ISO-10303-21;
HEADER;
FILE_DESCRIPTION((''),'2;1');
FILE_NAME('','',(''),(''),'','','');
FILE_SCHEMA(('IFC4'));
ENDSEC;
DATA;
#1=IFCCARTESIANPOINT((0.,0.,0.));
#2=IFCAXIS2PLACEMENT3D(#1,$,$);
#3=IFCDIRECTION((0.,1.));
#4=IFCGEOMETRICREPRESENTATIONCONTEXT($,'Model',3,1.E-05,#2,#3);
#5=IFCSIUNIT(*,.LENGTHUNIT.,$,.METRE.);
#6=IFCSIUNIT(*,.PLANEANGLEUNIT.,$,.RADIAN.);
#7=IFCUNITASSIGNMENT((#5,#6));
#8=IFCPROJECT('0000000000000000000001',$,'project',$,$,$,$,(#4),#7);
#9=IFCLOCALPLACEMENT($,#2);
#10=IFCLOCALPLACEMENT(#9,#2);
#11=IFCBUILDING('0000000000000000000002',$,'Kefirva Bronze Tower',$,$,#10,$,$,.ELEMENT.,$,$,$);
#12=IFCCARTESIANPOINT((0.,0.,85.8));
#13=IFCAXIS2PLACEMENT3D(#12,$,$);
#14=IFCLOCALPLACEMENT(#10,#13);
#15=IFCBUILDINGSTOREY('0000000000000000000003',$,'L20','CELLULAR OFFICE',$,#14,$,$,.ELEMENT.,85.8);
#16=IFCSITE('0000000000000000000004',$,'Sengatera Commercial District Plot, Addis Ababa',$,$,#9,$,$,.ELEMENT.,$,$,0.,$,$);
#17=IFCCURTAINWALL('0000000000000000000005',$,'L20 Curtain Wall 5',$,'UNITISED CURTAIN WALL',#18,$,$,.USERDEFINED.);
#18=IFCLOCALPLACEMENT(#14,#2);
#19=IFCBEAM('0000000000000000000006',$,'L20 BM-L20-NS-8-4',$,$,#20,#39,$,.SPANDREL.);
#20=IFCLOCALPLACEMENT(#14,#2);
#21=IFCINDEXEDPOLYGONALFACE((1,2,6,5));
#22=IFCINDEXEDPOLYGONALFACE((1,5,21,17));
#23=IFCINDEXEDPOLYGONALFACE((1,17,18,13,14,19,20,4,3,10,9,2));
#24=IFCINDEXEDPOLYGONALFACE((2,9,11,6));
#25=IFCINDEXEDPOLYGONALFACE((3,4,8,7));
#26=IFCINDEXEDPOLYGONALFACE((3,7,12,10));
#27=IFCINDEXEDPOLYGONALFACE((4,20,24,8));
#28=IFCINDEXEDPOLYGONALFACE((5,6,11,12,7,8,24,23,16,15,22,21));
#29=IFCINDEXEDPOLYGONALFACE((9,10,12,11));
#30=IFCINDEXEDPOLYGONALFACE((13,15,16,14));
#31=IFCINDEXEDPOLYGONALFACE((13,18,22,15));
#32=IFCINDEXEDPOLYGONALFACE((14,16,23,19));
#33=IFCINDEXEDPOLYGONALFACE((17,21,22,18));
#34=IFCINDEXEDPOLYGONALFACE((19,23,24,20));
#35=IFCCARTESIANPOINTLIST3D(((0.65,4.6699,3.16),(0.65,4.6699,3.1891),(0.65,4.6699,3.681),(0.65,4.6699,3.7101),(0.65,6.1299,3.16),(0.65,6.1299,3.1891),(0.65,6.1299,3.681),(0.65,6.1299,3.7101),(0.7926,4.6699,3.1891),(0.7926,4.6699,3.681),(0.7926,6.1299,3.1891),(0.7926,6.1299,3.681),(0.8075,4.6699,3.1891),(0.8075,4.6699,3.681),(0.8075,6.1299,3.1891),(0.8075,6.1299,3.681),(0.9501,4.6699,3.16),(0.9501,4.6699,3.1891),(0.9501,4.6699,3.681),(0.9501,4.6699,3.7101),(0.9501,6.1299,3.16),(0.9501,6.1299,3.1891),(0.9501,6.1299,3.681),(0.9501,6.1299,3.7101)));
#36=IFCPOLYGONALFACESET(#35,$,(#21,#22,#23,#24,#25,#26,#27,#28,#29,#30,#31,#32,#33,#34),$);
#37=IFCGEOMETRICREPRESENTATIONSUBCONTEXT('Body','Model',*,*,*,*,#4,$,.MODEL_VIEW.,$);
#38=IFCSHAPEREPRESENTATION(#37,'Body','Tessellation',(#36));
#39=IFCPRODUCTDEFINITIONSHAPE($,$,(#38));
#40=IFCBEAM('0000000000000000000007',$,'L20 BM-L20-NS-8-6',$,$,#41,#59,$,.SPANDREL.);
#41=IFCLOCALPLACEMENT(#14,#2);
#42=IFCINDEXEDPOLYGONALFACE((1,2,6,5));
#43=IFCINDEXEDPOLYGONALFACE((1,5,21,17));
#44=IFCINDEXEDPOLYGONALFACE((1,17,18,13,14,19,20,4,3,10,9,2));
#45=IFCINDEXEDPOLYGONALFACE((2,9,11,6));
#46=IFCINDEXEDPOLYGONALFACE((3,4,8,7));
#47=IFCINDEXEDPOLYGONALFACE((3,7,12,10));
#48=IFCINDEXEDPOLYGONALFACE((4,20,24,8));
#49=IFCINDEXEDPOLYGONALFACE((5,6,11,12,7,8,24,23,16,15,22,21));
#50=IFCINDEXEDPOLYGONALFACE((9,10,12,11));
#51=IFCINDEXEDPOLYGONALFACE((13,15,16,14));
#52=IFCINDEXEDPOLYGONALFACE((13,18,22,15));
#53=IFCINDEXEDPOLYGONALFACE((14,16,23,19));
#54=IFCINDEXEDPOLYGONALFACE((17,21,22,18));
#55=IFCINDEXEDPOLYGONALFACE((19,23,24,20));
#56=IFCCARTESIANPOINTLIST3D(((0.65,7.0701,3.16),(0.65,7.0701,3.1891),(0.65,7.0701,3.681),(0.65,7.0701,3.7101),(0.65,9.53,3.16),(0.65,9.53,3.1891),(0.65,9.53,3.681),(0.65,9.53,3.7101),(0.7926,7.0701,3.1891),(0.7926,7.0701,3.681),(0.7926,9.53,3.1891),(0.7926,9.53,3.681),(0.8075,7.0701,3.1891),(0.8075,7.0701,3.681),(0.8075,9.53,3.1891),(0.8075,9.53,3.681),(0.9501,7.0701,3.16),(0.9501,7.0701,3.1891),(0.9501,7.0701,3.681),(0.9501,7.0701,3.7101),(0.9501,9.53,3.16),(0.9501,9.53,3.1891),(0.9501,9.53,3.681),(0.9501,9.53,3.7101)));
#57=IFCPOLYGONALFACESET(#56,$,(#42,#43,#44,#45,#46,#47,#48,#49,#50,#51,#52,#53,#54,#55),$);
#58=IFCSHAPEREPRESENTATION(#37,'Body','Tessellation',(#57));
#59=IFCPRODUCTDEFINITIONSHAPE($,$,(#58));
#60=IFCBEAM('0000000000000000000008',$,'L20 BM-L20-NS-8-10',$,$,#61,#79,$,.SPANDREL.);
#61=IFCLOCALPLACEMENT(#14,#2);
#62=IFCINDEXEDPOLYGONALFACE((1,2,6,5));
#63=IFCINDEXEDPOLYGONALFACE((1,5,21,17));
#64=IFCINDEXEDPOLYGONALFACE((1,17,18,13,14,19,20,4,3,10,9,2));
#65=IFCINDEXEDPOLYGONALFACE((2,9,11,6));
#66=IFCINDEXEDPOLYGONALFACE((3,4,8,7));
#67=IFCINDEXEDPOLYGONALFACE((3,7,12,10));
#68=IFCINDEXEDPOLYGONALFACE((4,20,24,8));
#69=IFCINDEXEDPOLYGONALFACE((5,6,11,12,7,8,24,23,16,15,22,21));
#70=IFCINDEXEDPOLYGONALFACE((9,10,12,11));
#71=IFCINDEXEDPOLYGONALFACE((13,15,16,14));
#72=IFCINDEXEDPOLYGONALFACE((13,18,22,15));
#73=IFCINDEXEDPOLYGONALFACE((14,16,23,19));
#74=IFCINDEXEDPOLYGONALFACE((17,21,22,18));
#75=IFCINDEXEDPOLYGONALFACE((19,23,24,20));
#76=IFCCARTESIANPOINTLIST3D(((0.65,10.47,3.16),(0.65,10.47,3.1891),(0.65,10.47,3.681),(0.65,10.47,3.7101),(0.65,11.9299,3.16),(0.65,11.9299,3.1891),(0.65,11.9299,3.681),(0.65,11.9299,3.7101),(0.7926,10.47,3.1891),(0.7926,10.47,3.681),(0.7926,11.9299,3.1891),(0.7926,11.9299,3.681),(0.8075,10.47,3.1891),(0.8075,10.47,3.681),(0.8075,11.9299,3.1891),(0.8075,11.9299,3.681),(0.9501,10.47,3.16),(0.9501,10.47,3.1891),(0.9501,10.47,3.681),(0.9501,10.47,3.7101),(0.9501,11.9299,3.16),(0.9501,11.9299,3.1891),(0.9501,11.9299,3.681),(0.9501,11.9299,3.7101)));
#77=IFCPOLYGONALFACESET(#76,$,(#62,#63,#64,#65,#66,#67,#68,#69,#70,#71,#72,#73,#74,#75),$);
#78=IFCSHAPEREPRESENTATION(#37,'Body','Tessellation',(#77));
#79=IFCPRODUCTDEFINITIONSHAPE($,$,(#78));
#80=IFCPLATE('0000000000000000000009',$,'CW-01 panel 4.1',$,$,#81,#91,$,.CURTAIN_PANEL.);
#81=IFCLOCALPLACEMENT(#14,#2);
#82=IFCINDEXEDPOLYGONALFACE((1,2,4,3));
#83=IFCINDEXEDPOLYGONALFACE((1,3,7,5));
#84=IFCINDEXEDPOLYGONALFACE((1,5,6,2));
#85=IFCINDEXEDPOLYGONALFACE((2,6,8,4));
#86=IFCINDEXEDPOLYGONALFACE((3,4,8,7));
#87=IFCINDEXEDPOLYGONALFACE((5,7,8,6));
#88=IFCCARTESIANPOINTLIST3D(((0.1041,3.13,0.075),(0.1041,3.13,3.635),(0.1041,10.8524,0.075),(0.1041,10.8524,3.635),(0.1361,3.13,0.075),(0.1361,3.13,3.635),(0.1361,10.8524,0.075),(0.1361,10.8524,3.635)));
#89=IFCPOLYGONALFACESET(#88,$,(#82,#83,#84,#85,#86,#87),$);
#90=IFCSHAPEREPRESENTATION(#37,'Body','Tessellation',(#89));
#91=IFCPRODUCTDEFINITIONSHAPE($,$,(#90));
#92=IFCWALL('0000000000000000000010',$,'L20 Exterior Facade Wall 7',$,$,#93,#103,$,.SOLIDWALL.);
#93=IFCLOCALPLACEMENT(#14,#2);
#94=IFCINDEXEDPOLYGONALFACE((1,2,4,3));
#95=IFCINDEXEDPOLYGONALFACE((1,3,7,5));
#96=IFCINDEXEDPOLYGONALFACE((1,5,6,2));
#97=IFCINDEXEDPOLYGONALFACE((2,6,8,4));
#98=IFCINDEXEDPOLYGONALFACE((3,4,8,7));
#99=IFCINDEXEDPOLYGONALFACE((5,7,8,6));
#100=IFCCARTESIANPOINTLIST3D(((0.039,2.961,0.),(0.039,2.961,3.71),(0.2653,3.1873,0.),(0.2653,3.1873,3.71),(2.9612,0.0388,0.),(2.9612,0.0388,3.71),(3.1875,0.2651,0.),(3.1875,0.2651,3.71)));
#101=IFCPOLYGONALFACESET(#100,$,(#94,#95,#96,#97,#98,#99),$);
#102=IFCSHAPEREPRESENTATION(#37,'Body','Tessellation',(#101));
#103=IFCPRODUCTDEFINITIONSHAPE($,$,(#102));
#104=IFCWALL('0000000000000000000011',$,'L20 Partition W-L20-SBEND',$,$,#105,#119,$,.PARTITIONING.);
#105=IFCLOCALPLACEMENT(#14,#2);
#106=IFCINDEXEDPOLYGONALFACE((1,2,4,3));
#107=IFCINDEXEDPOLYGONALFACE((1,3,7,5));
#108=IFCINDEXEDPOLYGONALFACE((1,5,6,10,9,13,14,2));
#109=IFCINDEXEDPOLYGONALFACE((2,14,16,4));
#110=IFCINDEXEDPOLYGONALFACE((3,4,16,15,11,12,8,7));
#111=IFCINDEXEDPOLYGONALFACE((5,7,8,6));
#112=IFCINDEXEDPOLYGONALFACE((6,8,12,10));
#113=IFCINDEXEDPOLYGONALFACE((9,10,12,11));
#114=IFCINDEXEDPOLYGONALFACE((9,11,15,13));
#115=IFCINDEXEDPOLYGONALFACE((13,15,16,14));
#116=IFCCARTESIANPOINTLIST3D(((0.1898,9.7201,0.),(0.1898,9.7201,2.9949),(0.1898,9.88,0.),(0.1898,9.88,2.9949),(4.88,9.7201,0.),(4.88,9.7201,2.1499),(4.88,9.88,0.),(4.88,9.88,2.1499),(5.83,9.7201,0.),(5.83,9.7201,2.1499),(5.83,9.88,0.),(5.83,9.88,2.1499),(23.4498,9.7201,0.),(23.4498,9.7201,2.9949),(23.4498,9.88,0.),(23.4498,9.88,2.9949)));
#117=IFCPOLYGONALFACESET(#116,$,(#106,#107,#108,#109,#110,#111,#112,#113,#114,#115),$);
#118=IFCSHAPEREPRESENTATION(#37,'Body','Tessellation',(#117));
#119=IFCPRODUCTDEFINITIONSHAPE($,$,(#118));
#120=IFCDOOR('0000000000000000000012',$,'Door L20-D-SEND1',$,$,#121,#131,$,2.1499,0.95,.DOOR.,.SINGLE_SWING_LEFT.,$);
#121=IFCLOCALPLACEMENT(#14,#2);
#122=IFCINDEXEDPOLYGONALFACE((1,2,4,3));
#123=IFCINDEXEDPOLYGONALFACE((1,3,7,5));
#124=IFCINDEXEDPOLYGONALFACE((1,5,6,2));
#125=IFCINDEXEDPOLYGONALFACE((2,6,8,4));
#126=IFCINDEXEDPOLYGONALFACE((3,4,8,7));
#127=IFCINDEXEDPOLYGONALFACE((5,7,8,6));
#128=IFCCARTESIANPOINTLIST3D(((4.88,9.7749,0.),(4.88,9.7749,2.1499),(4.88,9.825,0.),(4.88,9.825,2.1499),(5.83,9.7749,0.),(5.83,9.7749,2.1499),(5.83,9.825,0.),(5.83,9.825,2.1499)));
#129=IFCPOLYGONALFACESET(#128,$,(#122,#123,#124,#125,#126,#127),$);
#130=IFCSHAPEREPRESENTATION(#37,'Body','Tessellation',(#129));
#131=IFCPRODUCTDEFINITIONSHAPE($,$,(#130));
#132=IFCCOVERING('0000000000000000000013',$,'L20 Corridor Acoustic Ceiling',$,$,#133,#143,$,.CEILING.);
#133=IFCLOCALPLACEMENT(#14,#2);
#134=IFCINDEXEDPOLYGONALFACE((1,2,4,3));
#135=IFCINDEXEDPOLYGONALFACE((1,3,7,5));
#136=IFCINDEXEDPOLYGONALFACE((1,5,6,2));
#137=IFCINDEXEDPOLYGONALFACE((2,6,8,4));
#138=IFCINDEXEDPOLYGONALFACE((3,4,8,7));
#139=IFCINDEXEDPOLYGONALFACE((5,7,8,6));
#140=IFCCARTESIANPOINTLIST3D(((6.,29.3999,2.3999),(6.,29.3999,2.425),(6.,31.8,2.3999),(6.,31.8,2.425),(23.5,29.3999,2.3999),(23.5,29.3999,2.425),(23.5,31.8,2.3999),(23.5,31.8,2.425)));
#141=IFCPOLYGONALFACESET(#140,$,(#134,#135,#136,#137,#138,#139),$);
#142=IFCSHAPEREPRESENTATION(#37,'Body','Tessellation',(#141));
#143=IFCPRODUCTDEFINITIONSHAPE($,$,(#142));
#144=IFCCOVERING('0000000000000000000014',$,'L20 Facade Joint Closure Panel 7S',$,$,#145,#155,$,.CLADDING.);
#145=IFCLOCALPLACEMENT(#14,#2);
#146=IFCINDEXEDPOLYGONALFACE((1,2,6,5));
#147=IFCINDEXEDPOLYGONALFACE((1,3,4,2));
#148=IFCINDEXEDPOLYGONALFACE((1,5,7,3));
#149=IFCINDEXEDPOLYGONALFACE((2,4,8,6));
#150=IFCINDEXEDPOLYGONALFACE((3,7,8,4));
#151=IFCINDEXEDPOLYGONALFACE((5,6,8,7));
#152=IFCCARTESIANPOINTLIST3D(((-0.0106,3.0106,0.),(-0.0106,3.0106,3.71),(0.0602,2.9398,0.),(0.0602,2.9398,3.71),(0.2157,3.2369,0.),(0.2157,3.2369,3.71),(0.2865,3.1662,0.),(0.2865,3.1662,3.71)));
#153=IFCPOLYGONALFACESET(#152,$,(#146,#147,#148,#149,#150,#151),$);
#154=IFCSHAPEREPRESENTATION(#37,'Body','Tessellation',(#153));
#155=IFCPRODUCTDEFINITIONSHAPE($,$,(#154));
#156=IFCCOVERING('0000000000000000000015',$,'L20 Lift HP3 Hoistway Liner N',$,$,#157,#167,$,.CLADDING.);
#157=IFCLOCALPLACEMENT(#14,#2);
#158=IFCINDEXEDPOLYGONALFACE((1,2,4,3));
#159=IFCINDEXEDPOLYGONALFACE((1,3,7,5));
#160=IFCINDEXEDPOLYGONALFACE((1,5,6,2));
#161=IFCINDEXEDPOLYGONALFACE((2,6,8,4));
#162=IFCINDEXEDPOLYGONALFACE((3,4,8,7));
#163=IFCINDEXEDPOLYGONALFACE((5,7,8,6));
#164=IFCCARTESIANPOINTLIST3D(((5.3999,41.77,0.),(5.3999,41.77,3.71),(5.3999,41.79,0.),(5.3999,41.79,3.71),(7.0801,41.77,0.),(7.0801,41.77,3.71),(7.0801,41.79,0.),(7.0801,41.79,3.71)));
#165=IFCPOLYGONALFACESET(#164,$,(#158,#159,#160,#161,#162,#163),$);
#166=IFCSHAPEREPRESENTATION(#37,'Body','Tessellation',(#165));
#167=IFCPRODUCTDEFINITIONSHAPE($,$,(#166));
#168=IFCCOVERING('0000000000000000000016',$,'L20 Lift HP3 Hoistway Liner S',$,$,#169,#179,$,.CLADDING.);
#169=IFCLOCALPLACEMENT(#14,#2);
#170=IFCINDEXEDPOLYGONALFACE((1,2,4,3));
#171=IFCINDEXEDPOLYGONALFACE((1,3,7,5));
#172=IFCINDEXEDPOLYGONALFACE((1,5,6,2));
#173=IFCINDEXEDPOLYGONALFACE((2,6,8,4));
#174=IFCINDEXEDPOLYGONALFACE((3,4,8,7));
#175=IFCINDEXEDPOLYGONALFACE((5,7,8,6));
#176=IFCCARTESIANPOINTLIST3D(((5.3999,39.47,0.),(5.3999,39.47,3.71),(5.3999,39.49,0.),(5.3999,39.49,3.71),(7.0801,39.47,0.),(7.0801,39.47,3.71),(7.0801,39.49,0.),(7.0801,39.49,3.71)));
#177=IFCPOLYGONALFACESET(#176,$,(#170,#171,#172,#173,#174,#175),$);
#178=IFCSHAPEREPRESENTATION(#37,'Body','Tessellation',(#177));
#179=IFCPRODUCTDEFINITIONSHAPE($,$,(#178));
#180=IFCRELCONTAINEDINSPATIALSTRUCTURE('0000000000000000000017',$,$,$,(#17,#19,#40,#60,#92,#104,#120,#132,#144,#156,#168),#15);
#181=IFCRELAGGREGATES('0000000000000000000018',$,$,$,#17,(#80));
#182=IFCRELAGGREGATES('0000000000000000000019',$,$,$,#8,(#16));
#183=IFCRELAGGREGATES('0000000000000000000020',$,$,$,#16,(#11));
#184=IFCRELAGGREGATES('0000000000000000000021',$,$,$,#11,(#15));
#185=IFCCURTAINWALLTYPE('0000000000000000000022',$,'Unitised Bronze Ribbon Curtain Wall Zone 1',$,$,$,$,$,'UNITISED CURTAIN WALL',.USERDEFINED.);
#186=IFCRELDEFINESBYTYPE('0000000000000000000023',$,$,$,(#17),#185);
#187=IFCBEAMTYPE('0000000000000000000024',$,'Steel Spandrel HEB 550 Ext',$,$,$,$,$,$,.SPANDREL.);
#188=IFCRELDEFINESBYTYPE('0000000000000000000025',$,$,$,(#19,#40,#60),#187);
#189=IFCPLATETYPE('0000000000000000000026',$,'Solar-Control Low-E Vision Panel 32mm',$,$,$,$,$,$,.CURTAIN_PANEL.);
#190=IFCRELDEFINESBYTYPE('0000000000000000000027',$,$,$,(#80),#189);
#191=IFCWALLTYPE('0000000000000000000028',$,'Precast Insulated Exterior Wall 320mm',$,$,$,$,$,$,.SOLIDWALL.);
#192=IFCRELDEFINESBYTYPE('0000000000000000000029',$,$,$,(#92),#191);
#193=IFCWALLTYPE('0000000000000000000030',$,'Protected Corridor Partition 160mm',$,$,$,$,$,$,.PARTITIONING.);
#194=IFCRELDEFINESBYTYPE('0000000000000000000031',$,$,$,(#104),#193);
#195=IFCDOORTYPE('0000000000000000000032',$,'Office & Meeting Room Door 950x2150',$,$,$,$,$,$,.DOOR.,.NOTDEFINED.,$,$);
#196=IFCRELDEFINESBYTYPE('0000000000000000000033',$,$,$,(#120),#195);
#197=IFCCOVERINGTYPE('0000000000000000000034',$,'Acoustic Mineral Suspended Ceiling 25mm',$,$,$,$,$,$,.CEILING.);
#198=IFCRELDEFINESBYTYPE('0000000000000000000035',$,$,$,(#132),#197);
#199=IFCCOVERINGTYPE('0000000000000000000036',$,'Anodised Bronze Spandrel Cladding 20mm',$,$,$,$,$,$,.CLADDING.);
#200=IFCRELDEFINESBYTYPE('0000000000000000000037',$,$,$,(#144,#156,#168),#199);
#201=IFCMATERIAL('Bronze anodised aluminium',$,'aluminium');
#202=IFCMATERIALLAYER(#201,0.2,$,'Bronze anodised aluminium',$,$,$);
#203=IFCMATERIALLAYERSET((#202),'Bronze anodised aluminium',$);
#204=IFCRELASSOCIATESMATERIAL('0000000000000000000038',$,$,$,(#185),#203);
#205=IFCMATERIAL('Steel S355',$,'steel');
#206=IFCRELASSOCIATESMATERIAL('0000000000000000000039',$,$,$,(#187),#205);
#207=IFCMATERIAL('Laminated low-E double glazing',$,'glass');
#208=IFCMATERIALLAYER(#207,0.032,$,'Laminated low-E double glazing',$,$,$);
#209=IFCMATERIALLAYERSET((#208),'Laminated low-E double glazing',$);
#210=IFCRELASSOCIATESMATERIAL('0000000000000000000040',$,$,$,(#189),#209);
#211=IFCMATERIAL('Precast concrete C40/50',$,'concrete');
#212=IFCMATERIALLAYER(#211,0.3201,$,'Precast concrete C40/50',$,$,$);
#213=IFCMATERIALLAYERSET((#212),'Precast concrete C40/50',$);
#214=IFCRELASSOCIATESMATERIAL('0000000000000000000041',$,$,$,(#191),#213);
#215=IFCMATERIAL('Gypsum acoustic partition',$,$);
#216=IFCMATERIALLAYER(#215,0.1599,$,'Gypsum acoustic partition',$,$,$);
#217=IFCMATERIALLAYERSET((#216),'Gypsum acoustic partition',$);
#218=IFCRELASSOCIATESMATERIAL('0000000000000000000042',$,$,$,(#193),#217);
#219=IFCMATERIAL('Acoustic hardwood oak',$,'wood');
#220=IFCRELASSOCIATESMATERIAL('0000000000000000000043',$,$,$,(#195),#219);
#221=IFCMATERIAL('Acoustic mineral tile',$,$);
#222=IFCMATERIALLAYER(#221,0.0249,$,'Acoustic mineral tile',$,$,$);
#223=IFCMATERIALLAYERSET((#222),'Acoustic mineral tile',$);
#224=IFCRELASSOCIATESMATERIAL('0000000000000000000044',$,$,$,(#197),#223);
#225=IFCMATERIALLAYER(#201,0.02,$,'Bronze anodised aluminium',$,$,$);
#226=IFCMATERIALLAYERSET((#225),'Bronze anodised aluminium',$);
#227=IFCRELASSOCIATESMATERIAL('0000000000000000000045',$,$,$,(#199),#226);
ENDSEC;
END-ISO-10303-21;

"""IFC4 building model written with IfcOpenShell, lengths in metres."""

from ifc_helpers import new_model, si_unit, direction, frame, frame_2d, origin, origin_2d, place, context, subcontext, project, spatial, polyline, rectangle, i_section, outline, extrude, material, layer, layer_set, material_profile, profile_set, type_object, element, fill, aggregate, save


model = new_model("IFC4")

# Units and contexts
model_context = context("Model", 3, precision=1e-05, world=origin(), true_north=direction((0.0, 1.0)))
body_context = subcontext(model_context, "Body", "Model", "MODEL_VIEW")
ifc_project = project(units=[si_unit("LENGTHUNIT", "METRE"), si_unit("PLANEANGLEUNIT", "RADIAN")], contexts=[model_context])

# Site, building, storey
site_placement = place(None, origin())
site = spatial("IfcSite", under=ifc_project, at=site_placement, Name="Sengatera Commercial District Plot, Addis Ababa", CompositionType="ELEMENT", RefElevation=0.0)
building_placement = place(site_placement, origin())
building = spatial("IfcBuilding", under=site, at=building_placement, Name="Kefirva Bronze Tower", CompositionType="ELEMENT")
storey_placement = place(building_placement, frame((0.0, 0.0, 85.8)))
storey = spatial("IfcBuildingStorey", under=building, at=storey_placement, Name="L20", Description="CELLULAR OFFICE", CompositionType="ELEMENT", Elevation=85.8)

# Curtain wall
ifc_material_1 = material(Name="Bronze anodised aluminium", Category="aluminium")
ifc_layer_1 = layer(ifc_material_1, 0.2, Name="Bronze anodised aluminium")
ifc_layer_set_1 = layer_set([ifc_layer_1], Name="Bronze anodised aluminium")
curtain_wall_type = type_object("IfcCurtainWallType", Name="Unitised Bronze Ribbon Curtain Wall Zone 1", ElementType="UNITISED CURTAIN WALL", PredefinedType="USERDEFINED", material=ifc_layer_set_1)
curtain_wall_placement = place(storey_placement, origin())
curtain_wall = element("IfcCurtainWall", 1, at=curtain_wall_placement, inside=storey, type_object=curtain_wall_type, Name="L20 Curtain Wall 5", ObjectType="UNITISED CURTAIN WALL", PredefinedType="USERDEFINED")

# Beams
ifc_material_2 = material(Name="Steel S355", Category="steel")
ifc_material_profile_1 = material_profile(ifc_material_2, i_section(OverallWidth=0.3, OverallDepth=0.55, WebThickness=0.0149, FlangeThickness=0.0291, at=origin_2d()), Name="HEB 550")
ifc_profile_set_1 = profile_set([ifc_material_profile_1], Name="Steel S355")
beam_type_1 = type_object("IfcBeamType", Name="Steel Spandrel HEB 550 Ext", PredefinedType="SPANDREL", material=ifc_profile_set_1)
beam_1_placement = place(storey_placement, frame((0.8, 4.6699, 3.4351), z_axis=(0.0, 1.0, 0.0), x_axis=(-1.0, 0.0, 0.0)))
element("IfcBeam", 2, at=beam_1_placement, inside=storey, type_object=beam_type_1, Name="L20 BM-L20-NS-8-4", PredefinedType="SPANDREL", context=body_context, shape_type="SweptSolid", body=[
    extrude(i_section(OverallWidth=0.3, OverallDepth=0.55, WebThickness=0.0149, FlangeThickness=0.0291, at=origin_2d()), origin(), (0.0, 0.0, 1.0), 1.46),
])
beam_2_placement = place(storey_placement, frame((0.8, 7.0701, 3.4351), z_axis=(0.0, 1.0, 0.0), x_axis=(-1.0, 0.0, 0.0)))
element("IfcBeam", 3, at=beam_2_placement, inside=storey, type_object=beam_type_1, Name="L20 BM-L20-NS-8-6", PredefinedType="SPANDREL", context=body_context, shape_type="SweptSolid", body=[
    extrude(i_section(OverallWidth=0.3, OverallDepth=0.55, WebThickness=0.0149, FlangeThickness=0.0291, at=origin_2d()), origin(), (0.0, 0.0, 1.0), 2.46),
])
beam_3_placement = place(storey_placement, frame((0.8, 10.47, 3.4351), z_axis=(0.0, 1.0, 0.0), x_axis=(-1.0, 0.0, 0.0)))
element("IfcBeam", 4, at=beam_3_placement, inside=storey, type_object=beam_type_1, Name="L20 BM-L20-NS-8-10", PredefinedType="SPANDREL", context=body_context, shape_type="SweptSolid", body=[
    extrude(i_section(OverallWidth=0.3, OverallDepth=0.55, WebThickness=0.0149, FlangeThickness=0.0291, at=origin_2d()), origin(), (0.0, 0.0, 1.0), 1.46),
])

# Plate
ifc_material_3 = material(Name="Laminated low-E double glazing", Category="glass")
ifc_layer_2 = layer(ifc_material_3, 0.032, Name="Laminated low-E double glazing")
ifc_layer_set_2 = layer_set([ifc_layer_2], Name="Laminated low-E double glazing")
plate_type = type_object("IfcPlateType", Name="Solar-Control Low-E Vision Panel 32mm", PredefinedType="CURTAIN_PANEL", material=ifc_layer_set_2)
plate_placement = place(storey_placement, frame((0.1201, 6.9912, 0.075), z_axis=(0.0, 0.0, 1.0), x_axis=(0.0, -1.0, 0.0)))
plate = element("IfcPlate", 5, at=plate_placement, type_object=plate_type, Name="CW-01 panel 4.1", PredefinedType="CURTAIN_PANEL", context=body_context, shape_type="SweptSolid", body=[
    extrude(rectangle(XDim=7.7224, YDim=0.032, at=origin_2d()), origin(), (0.0, 0.0, 1.0), 3.5601),
])
aggregate(curtain_wall, [plate])

# Wall
ifc_material_4 = material(Name="Precast concrete C40/50", Category="concrete")
ifc_layer_3 = layer(ifc_material_4, 0.3201, Name="Precast concrete C40/50")
ifc_layer_set_3 = layer_set([ifc_layer_3], Name="Precast concrete C40/50")
wall_type_1 = type_object("IfcWallType", Name="Precast Insulated Exterior Wall 320mm", PredefinedType="SOLIDWALL", material=ifc_layer_set_3)
wall_1_placement = place(storey_placement, frame((0.1521, 3.0742, 0.0), z_axis=(0.0, 0.0, 1.0), x_axis=(0.707107, -0.707107, 0.0)))
element("IfcWall", 6, at=wall_1_placement, inside=storey, type_object=wall_type_1, Name="L20 Exterior Facade Wall 7", PredefinedType="SOLIDWALL", context=body_context, shape_type="SweptSolid", body=[
    extrude(rectangle(XDim=4.1326, YDim=0.3201, at=frame_2d((2.0664, 0.0))), origin(), (0.0, 0.0, 1.0), 3.71),
])

# Wall, opening, door
ifc_material_5 = material(Name="Gypsum acoustic partition")
ifc_layer_4 = layer(ifc_material_5, 0.1599, Name="Gypsum acoustic partition")
ifc_layer_set_4 = layer_set([ifc_layer_4], Name="Gypsum acoustic partition")
wall_type_2 = type_object("IfcWallType", Name="Protected Corridor Partition 160mm", PredefinedType="PARTITIONING", material=ifc_layer_set_4)
wall_2_placement = place(storey_placement, frame((0.1899, 9.8, 0.0), z_axis=(0.0, 0.0, 1.0), x_axis=(1.0, 0.0, 0.0)))
wall_2 = element("IfcWall", 7, at=wall_2_placement, inside=storey, type_object=wall_type_2, Name="L20 Partition W-L20-SBEND", PredefinedType="PARTITIONING", context=body_context, shape_type="SweptSolid", body=[
    extrude(rectangle(XDim=23.26, YDim=0.1599, at=frame_2d((11.6299, 0.0))), origin(), (0.0, 0.0, 1.0), 2.9949),
])
opening_placement = place(wall_2_placement, frame((4.6899, 0.0, 0.0)))
opening = element("IfcOpeningElement", 8, at=opening_placement, cuts=wall_2, PredefinedType="OPENING", context=body_context, shape_type="SweptSolid", body=[
    extrude(rectangle(XDim=0.95, YDim=2.1499, at=frame_2d((0.4751, 1.075))), frame((0.0, 0.0898, 0.0), z_axis=(0.0, -1.0, 0.0), x_axis=(1.0, 0.0, 0.0)), (0.0, 0.0, 1.0), 0.1799),
])
ifc_material_6 = material(Name="Acoustic hardwood oak", Category="wood")
door_type = type_object("IfcDoorType", Name="Office & Meeting Room Door 950x2150", OperationType="NOTDEFINED", PredefinedType="DOOR", material=ifc_material_6)
door_placement = place(opening_placement, origin())
door = element("IfcDoor", 9, at=door_placement, inside=storey, type_object=door_type, Name="Door L20-D-SEND1", OperationType="SINGLE_SWING_LEFT", OverallHeight=2.1499, OverallWidth=0.95, PredefinedType="DOOR", context=body_context, shape_type="SweptSolid", body=[
    extrude(rectangle(XDim=0.95, YDim=2.1499, at=frame_2d((0.4751, 1.075))), frame((0.0, 0.0249, 0.0), z_axis=(0.0, -1.0, 0.0), x_axis=(1.0, 0.0, 0.0)), (0.0, 0.0, 1.0), 0.05),
])
fill(opening, door)

# Coverings
ifc_material_7 = material(Name="Acoustic mineral tile")
ifc_layer_5 = layer(ifc_material_7, 0.0249, Name="Acoustic mineral tile")
ifc_layer_set_5 = layer_set([ifc_layer_5], Name="Acoustic mineral tile")
covering_type_1 = type_object("IfcCoveringType", Name="Acoustic Mineral Suspended Ceiling 25mm", PredefinedType="CEILING", material=ifc_layer_set_5)
covering_1_placement = place(storey_placement, frame((0.0, 0.0, 2.3999)))
element("IfcCovering", 10, at=covering_1_placement, inside=storey, type_object=covering_type_1, Name="L20 Corridor Acoustic Ceiling", PredefinedType="CEILING", context=body_context, shape_type="SweptSolid", body=[
    extrude(outline(polyline([(6.0, 29.3999), (23.5, 29.3999), (23.5, 31.8), (6.0, 31.8), (6.0, 29.3999)])), origin(), (0.0, 0.0, 1.0), 0.0251),
])
ifc_layer_6 = layer(ifc_material_1, 0.02, Name="Bronze anodised aluminium")
ifc_layer_set_6 = layer_set([ifc_layer_6], Name="Bronze anodised aluminium")
covering_type_2 = type_object("IfcCoveringType", Name="Anodised Bronze Spandrel Cladding 20mm", PredefinedType="CLADDING", material=ifc_layer_set_6)
covering_2_placement = place(storey_placement, frame((0.1379, 3.0884, 0.0), z_axis=(0.0, 0.0, 1.0), x_axis=(0.707107, -0.707107, 0.0)))
element("IfcCovering", 11, at=covering_2_placement, inside=storey, type_object=covering_type_2, Name="L20 Facade Joint Closure Panel 7S", PredefinedType="CLADDING", context=body_context, shape_type="SweptSolid", body=[
    extrude(rectangle(XDim=0.1001, YDim=0.3201, at=origin_2d()), origin(), (0.0, 0.0, 1.0), 3.71),
])
covering_3_placement = place(storey_placement, origin())
element("IfcCovering", 12, at=covering_3_placement, inside=storey, type_object=covering_type_2, Name="L20 Lift HP3 Hoistway Liner N", PredefinedType="CLADDING", context=body_context, shape_type="SweptSolid", body=[
    extrude(outline(polyline([(5.3999, 41.77), (7.0801, 41.77), (7.0801, 41.79), (5.3999, 41.79), (5.3999, 41.77)])), origin(), (0.0, 0.0, 1.0), 3.71),
])
covering_4_placement = place(storey_placement, origin())
element("IfcCovering", 13, at=covering_4_placement, inside=storey, type_object=covering_type_2, Name="L20 Lift HP3 Hoistway Liner S", PredefinedType="CLADDING", context=body_context, shape_type="SweptSolid", body=[
    extrude(outline(polyline([(5.3999, 39.47), (7.0801, 39.47), (7.0801, 39.49), (5.3999, 39.49), (5.3999, 39.47)])), origin(), (0.0, 0.0, 1.0), 3.71),
])

save(model, "model.ifc")
